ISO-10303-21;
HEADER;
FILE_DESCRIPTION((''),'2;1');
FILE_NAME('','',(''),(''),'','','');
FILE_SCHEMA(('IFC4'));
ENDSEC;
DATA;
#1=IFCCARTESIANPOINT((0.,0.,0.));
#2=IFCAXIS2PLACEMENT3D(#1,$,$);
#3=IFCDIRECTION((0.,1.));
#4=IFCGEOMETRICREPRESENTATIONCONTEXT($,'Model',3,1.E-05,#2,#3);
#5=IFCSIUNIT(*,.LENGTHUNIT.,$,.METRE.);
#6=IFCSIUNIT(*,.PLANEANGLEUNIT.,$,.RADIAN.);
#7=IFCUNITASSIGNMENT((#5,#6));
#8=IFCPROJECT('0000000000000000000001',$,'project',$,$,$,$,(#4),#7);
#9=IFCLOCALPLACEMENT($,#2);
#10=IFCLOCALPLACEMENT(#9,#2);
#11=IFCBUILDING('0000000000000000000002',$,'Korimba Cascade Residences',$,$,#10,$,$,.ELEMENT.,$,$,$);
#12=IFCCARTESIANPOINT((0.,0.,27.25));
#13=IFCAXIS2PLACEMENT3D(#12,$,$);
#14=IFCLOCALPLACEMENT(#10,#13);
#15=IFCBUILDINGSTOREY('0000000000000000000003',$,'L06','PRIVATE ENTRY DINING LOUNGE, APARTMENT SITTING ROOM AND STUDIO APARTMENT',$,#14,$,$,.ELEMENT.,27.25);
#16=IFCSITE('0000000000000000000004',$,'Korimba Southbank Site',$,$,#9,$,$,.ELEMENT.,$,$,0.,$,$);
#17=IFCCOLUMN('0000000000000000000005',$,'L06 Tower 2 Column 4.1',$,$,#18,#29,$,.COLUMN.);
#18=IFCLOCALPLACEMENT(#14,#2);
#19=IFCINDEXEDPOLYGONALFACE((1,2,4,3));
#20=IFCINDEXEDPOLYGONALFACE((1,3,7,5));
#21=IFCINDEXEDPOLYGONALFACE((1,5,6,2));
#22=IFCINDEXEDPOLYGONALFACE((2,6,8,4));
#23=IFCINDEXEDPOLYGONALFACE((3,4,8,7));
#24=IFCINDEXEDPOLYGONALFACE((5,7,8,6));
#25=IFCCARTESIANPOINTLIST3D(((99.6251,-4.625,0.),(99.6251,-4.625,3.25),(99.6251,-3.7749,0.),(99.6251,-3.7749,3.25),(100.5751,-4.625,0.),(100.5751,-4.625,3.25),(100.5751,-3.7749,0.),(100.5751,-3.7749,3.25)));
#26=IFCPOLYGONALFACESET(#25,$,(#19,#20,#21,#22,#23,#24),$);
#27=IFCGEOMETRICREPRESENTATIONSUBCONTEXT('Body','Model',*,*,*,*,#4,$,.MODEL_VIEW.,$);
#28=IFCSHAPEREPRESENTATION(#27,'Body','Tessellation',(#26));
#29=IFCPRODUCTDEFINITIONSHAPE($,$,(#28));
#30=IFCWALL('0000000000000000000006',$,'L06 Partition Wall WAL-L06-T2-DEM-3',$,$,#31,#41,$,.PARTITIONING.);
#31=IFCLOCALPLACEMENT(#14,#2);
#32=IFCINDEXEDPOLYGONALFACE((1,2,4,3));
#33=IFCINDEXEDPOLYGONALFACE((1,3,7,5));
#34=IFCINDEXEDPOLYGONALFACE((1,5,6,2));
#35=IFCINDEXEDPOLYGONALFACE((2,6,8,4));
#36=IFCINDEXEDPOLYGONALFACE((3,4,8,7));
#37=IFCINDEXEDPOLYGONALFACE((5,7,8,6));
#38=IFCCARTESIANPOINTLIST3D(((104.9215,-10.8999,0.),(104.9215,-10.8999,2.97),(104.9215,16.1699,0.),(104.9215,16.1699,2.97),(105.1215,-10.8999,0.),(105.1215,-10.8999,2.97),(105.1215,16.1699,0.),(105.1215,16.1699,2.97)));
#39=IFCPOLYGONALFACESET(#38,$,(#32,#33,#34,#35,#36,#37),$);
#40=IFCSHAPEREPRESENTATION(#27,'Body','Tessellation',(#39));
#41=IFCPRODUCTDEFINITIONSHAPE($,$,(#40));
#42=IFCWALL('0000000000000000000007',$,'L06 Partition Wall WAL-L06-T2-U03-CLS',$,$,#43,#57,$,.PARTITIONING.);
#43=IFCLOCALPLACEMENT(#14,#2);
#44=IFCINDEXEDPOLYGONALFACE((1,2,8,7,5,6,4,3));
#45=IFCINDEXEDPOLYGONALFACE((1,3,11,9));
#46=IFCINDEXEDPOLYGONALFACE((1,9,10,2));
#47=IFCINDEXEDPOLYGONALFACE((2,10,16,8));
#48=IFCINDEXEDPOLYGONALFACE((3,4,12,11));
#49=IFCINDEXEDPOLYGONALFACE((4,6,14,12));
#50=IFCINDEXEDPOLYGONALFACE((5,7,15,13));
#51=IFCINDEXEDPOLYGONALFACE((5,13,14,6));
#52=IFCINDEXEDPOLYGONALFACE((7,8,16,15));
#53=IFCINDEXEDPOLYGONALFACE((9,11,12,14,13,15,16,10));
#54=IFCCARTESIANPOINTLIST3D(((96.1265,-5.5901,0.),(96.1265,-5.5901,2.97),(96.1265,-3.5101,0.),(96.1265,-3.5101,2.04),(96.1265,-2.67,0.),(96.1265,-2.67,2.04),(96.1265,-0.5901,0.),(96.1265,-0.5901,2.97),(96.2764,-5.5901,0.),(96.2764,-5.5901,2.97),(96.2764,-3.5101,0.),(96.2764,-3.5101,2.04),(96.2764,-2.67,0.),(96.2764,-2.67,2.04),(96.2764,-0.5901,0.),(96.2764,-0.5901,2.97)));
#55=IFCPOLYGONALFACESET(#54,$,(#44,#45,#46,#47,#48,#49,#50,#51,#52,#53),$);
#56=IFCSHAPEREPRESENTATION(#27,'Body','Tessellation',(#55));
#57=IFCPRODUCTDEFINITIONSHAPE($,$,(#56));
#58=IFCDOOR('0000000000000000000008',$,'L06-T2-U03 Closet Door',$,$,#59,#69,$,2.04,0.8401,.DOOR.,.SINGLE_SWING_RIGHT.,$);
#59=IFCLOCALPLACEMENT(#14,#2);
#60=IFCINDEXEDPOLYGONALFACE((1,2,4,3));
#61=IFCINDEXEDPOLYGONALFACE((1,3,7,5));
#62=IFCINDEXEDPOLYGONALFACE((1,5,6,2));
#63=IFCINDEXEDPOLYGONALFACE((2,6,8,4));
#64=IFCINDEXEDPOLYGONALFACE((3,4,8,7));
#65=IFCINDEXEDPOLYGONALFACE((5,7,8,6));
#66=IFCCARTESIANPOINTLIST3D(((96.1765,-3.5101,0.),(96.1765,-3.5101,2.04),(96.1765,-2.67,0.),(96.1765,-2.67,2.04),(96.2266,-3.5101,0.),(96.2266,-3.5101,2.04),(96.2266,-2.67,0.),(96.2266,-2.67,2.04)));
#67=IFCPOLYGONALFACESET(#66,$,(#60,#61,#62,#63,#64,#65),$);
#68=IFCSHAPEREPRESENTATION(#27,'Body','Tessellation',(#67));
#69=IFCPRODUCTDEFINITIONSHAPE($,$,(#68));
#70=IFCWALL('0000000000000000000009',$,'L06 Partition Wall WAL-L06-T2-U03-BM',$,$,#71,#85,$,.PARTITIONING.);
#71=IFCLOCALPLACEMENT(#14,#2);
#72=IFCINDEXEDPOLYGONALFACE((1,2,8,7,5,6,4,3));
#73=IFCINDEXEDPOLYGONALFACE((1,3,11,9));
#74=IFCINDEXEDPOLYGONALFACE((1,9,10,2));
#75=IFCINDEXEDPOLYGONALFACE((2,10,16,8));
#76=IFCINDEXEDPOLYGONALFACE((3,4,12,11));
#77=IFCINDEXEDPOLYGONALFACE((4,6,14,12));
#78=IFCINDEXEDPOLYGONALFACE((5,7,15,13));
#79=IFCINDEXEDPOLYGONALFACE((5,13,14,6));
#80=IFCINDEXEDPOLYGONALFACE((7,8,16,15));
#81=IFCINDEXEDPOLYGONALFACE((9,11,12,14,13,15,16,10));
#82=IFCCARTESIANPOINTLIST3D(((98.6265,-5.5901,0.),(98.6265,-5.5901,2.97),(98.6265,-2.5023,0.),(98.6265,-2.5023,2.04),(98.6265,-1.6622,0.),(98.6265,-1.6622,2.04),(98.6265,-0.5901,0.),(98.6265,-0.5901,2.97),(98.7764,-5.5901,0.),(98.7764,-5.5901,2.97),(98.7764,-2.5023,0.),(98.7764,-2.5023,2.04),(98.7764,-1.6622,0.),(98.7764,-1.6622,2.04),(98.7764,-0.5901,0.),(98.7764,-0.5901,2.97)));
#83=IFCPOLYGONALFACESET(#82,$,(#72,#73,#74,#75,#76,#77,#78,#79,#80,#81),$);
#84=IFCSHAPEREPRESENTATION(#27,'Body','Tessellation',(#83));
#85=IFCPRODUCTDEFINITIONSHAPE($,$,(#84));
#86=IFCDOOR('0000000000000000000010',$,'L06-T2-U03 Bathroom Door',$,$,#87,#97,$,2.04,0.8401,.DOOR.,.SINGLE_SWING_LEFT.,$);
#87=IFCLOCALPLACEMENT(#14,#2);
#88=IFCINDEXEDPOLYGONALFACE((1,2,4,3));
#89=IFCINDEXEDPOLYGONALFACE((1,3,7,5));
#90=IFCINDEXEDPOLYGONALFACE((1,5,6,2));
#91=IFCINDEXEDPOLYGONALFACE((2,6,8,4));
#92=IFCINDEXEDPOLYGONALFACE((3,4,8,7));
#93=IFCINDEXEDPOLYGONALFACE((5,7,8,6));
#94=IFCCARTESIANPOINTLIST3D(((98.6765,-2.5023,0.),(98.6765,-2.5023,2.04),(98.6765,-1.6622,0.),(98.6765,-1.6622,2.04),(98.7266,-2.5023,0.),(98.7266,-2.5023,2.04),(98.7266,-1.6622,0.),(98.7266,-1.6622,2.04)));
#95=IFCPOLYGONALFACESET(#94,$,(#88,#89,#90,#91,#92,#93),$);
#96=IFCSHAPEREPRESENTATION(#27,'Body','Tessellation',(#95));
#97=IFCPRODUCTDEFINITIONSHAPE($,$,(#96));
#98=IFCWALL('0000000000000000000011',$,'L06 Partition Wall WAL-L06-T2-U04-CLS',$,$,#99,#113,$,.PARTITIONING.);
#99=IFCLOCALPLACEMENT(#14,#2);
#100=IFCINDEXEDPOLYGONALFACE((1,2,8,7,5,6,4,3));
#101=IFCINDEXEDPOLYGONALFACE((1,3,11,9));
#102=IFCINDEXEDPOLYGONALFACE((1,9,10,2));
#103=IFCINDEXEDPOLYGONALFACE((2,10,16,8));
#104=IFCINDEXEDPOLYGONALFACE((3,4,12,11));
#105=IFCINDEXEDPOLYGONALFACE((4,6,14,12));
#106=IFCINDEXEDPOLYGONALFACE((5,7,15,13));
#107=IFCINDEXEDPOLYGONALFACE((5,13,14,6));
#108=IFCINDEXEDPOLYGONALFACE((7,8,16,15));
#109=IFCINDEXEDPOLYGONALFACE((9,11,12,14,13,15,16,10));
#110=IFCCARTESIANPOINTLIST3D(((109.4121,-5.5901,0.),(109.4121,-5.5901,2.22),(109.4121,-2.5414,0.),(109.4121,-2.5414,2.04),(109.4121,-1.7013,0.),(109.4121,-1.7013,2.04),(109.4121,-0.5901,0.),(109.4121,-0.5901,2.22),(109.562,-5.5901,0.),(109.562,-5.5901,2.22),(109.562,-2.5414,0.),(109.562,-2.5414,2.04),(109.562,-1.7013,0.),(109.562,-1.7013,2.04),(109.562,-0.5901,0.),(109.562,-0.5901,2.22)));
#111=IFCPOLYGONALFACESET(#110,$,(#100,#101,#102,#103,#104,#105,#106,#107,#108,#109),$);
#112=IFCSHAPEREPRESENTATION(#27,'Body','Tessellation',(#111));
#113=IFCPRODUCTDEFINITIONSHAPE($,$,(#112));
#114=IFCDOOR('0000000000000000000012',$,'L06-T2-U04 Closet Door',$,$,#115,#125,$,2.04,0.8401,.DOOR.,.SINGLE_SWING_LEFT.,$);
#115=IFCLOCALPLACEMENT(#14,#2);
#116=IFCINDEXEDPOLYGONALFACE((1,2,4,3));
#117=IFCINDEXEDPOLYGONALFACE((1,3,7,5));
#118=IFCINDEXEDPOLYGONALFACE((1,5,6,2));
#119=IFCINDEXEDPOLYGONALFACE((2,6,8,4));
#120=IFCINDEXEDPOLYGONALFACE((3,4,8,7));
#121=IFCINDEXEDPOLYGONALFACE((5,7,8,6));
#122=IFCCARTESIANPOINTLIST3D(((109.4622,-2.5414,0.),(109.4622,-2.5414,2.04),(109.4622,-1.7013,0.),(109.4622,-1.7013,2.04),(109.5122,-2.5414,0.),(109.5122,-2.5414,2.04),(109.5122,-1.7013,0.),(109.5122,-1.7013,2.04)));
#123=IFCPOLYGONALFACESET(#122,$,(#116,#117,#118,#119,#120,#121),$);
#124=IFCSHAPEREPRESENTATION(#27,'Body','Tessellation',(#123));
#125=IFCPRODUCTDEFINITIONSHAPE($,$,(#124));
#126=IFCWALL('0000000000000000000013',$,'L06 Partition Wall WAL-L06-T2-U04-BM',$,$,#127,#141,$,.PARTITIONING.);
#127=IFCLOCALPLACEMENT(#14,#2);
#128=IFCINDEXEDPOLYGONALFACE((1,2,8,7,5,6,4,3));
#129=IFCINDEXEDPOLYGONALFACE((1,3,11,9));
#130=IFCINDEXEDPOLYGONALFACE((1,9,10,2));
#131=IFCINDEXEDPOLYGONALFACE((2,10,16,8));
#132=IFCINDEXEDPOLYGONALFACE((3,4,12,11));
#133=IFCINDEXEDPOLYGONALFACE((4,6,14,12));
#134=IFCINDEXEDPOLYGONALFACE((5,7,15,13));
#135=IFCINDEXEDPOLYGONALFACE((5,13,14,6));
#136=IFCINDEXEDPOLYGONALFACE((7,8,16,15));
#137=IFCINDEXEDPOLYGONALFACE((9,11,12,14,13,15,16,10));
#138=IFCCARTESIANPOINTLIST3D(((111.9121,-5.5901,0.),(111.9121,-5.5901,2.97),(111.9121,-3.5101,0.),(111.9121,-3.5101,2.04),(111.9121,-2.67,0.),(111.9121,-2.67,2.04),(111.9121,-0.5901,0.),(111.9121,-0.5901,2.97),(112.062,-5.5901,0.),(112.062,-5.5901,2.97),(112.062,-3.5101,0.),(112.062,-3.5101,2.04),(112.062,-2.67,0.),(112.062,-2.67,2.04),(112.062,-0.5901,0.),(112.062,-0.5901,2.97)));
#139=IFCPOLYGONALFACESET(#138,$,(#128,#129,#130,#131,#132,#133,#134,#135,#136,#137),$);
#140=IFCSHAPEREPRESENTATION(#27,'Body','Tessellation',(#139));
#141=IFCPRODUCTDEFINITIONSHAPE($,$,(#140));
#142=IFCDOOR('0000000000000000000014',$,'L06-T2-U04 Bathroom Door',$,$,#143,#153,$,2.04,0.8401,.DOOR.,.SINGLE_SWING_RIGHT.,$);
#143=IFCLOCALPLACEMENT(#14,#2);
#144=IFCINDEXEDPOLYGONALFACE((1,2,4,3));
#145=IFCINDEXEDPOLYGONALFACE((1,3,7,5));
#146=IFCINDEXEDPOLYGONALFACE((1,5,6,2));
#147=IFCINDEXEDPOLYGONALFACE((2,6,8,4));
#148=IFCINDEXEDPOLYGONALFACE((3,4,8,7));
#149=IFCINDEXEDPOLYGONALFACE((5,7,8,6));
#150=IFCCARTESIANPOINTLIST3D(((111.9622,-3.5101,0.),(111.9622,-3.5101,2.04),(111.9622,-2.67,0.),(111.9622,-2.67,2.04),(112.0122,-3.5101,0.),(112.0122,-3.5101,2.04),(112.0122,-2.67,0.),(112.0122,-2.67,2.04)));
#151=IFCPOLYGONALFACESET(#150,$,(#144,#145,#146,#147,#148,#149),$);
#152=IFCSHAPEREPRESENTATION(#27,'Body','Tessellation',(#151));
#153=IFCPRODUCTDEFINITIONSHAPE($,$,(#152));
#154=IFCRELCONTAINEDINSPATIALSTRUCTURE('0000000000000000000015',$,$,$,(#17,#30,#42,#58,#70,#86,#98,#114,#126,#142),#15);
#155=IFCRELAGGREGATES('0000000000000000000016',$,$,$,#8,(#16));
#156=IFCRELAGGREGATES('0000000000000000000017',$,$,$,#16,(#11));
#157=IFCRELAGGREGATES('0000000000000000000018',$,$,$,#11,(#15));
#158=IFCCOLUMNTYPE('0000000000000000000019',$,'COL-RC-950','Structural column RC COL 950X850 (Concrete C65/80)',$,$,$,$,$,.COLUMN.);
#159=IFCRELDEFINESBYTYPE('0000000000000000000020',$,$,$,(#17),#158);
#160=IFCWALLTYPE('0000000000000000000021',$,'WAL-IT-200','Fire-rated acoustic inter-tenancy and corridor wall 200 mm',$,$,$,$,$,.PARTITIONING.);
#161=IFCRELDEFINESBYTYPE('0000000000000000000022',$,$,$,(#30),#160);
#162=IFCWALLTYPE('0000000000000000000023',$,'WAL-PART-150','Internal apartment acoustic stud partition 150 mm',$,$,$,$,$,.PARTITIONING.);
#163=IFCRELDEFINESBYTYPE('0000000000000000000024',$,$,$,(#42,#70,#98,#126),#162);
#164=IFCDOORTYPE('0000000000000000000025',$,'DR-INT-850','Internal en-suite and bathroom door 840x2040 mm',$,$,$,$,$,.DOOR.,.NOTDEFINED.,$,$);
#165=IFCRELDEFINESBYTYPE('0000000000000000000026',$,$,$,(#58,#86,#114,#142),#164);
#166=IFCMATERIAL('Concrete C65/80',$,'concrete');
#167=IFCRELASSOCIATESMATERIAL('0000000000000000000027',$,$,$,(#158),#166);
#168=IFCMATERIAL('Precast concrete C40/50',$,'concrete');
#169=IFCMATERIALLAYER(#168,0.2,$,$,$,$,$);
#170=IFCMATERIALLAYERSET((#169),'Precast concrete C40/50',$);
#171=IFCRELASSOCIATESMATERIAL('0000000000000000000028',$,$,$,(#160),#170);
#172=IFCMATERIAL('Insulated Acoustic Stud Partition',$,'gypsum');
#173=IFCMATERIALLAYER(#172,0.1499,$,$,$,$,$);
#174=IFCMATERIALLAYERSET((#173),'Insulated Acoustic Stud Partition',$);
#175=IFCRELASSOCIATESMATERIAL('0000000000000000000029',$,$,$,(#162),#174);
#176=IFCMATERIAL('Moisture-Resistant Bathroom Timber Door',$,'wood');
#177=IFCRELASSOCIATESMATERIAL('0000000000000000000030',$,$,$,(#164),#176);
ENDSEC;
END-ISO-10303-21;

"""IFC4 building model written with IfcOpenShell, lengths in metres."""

from ifc_helpers import new_model, si_unit, direction, frame, frame_2d, origin, origin_2d, place, context, subcontext, project, spatial, rectangle, extrude, material, layer, layer_set, material_profile, profile_set, type_object, element, fill, save


model = new_model("IFC4")

# Units and contexts
model_context = context("Model", 3, precision=1e-05, world=origin(), true_north=direction((0.0, 1.0)))
body_context = subcontext(model_context, "Body", "Model", "MODEL_VIEW")
ifc_project = project(units=[si_unit("LENGTHUNIT", "METRE"), si_unit("PLANEANGLEUNIT", "RADIAN")], contexts=[model_context])

# Site, building, storey
site_placement = place(None, origin())
site = spatial("IfcSite", under=ifc_project, at=site_placement, Name="Korimba Southbank Site", CompositionType="ELEMENT", RefElevation=0.0)
building_placement = place(site_placement, origin())
building = spatial("IfcBuilding", under=site, at=building_placement, Name="Korimba Cascade Residences", CompositionType="ELEMENT")
storey_placement = place(building_placement, frame((0.0, 0.0, 27.25)))
storey = spatial("IfcBuildingStorey", under=building, at=storey_placement, Name="L06", Description="PRIVATE ENTRY DINING LOUNGE, APARTMENT SITTING ROOM AND STUDIO APARTMENT", CompositionType="ELEMENT", Elevation=27.25)

# Column
ifc_material_1 = material(Name="Concrete C65/80", Category="concrete")
ifc_material_profile = material_profile(ifc_material_1, rectangle(XDim=0.95, YDim=0.8501, at=origin_2d()), Name="Concrete C65/80")
ifc_profile_set = profile_set([ifc_material_profile], Name="Concrete C65/80")
column_type = type_object("IfcColumnType", Name="COL-RC-950", Description="Structural column RC COL 950X850 (Concrete C65/80)", PredefinedType="COLUMN", material=ifc_profile_set)
column_placement = place(storey_placement, frame((100.1001, -4.2, 0.0), z_axis=(0.0, 0.0, 1.0), x_axis=(1.0, 0.0, 0.0)))
element("IfcColumn", 1, at=column_placement, inside=storey, type_object=column_type, Name="L06 Tower 2 Column 4.1", PredefinedType="COLUMN", context=body_context, shape_type="SweptSolid", body=[
    extrude(rectangle(XDim=0.95, YDim=0.8501, at=origin_2d()), origin(), (0.0, 0.0, 1.0), 3.25),
])

# Wall
ifc_material_2 = material(Name="Precast concrete C40/50", Category="concrete")
ifc_layer_1 = layer(ifc_material_2, 0.2)
ifc_layer_set_1 = layer_set([ifc_layer_1], Name="Precast concrete C40/50")
wall_type_1 = type_object("IfcWallType", Name="WAL-IT-200", Description="Fire-rated acoustic inter-tenancy and corridor wall 200 mm", PredefinedType="PARTITIONING", material=ifc_layer_set_1)
wall_1_placement = place(storey_placement, frame((105.0215, -10.8999, 0.0), z_axis=(0.0, 0.0, 1.0), x_axis=(0.0, 1.0, 0.0)))
element("IfcWall", 2, at=wall_1_placement, inside=storey, type_object=wall_type_1, Name="L06 Partition Wall WAL-L06-T2-DEM-3", PredefinedType="PARTITIONING", context=body_context, shape_type="SweptSolid", body=[
    extrude(rectangle(XDim=27.0698, YDim=0.2, at=frame_2d((13.5349, 0.0))), origin(), (0.0, 0.0, 1.0), 2.97),
])

# Walls, openings, doors
ifc_material_3 = material(Name="Insulated Acoustic Stud Partition", Category="gypsum")
ifc_layer_2 = layer(ifc_material_3, 0.1499)
ifc_layer_set_2 = layer_set([ifc_layer_2], Name="Insulated Acoustic Stud Partition")
wall_type_2 = type_object("IfcWallType", Name="WAL-PART-150", Description="Internal apartment acoustic stud partition 150 mm", PredefinedType="PARTITIONING", material=ifc_layer_set_2)
wall_2_placement = place(storey_placement, frame((96.2014, -5.5901, 0.0), z_axis=(0.0, 0.0, 1.0), x_axis=(0.0, 1.0, 0.0)))
wall_2 = element("IfcWall", 3, at=wall_2_placement, inside=storey, type_object=wall_type_2, Name="L06 Partition Wall WAL-L06-T2-U03-CLS", PredefinedType="PARTITIONING", context=body_context, shape_type="SweptSolid", body=[
    extrude(rectangle(XDim=5.0, YDim=0.1499, at=frame_2d((2.5, 0.0))), origin(), (0.0, 0.0, 1.0), 2.97),
])
opening_1_placement = place(wall_2_placement, frame((2.0801, 0.0, 0.0)))
opening_1 = element("IfcOpeningElement", 4, at=opening_1_placement, cuts=wall_2, PredefinedType="OPENING", context=body_context, shape_type="SweptSolid", body=[
    extrude(rectangle(XDim=0.8401, YDim=2.04, at=frame_2d((0.4199, 1.02))), frame((0.0, 0.085, 0.0), z_axis=(0.0, -1.0, 0.0), x_axis=(1.0, 0.0, 0.0)), (0.0, 0.0, 1.0), 0.1699),
])
ifc_material_4 = material(Name="Moisture-Resistant Bathroom Timber Door", Category="wood")
door_type_1 = type_object("IfcDoorType", Name="DR-INT-850", Description="Internal en-suite and bathroom door 840x2040 mm", OperationType="NOTDEFINED", PredefinedType="DOOR", material=ifc_material_4)
door_1_placement = place(opening_1_placement, origin())
door_1 = element("IfcDoor", 5, at=door_1_placement, inside=storey, type_object=door_type_1, Name="L06-T2-U03 Closet Door", OperationType="SINGLE_SWING_RIGHT", OverallHeight=2.04, OverallWidth=0.8401, PredefinedType="DOOR", context=body_context, shape_type="SweptSolid", body=[
    extrude(rectangle(XDim=0.8401, YDim=2.04, at=frame_2d((0.4199, 1.02))), frame((0.0, 0.0249, 0.0), z_axis=(0.0, -1.0, 0.0), x_axis=(1.0, 0.0, 0.0)), (0.0, 0.0, 1.0), 0.05),
])
fill(opening_1, door_1)
wall_3_placement = place(storey_placement, frame((98.7014, -5.5901, 0.0), z_axis=(0.0, 0.0, 1.0), x_axis=(0.0, 1.0, 0.0)))
wall_3 = element("IfcWall", 6, at=wall_3_placement, inside=storey, type_object=wall_type_2, Name="L06 Partition Wall WAL-L06-T2-U03-BM", PredefinedType="PARTITIONING", context=body_context, shape_type="SweptSolid", body=[
    extrude(rectangle(XDim=5.0, YDim=0.1499, at=frame_2d((2.5, 0.0))), origin(), (0.0, 0.0, 1.0), 2.97),
])
opening_2_placement = place(wall_3_placement, frame((3.0879, 0.0, 0.0)))
opening_2 = element("IfcOpeningElement", 7, at=opening_2_placement, cuts=wall_3, PredefinedType="OPENING", context=body_context, shape_type="SweptSolid", body=[
    extrude(rectangle(XDim=0.8401, YDim=2.04, at=frame_2d((0.4199, 1.02))), frame((0.0, 0.085, 0.0), z_axis=(0.0, -1.0, 0.0), x_axis=(1.0, 0.0, 0.0)), (0.0, 0.0, 1.0), 0.1699),
])
door_2_placement = place(opening_2_placement, origin())
door_2 = element("IfcDoor", 8, at=door_2_placement, inside=storey, type_object=door_type_1, Name="L06-T2-U03 Bathroom Door", OperationType="SINGLE_SWING_LEFT", OverallHeight=2.04, OverallWidth=0.8401, PredefinedType="DOOR", context=body_context, shape_type="SweptSolid", body=[
    extrude(rectangle(XDim=0.8401, YDim=2.04, at=frame_2d((0.4199, 1.02))), frame((0.0, 0.0249, 0.0), z_axis=(0.0, -1.0, 0.0), x_axis=(1.0, 0.0, 0.0)), (0.0, 0.0, 1.0), 0.05),
])
fill(opening_2, door_2)
wall_4_placement = place(storey_placement, frame((109.4871, -5.5901, 0.0), z_axis=(0.0, 0.0, 1.0), x_axis=(0.0, 1.0, 0.0)))
wall_4 = element("IfcWall", 9, at=wall_4_placement, inside=storey, type_object=wall_type_2, Name="L06 Partition Wall WAL-L06-T2-U04-CLS", PredefinedType="PARTITIONING", context=body_context, shape_type="SweptSolid", body=[
    extrude(rectangle(XDim=5.0, YDim=0.1499, at=frame_2d((2.5, 0.0))), origin(), (0.0, 0.0, 1.0), 2.22),
])
opening_3_placement = place(wall_4_placement, frame((3.0488, 0.0, 0.0)))
opening_3 = element("IfcOpeningElement", 10, at=opening_3_placement, cuts=wall_4, PredefinedType="OPENING", context=body_context, shape_type="SweptSolid", body=[
    extrude(rectangle(XDim=0.8401, YDim=2.04, at=frame_2d((0.4199, 1.02))), frame((0.0, 0.085, 0.0), z_axis=(0.0, -1.0, 0.0), x_axis=(1.0, 0.0, 0.0)), (0.0, 0.0, 1.0), 0.1699),
])
door_3_placement = place(opening_3_placement, origin())
door_3 = element("IfcDoor", 11, at=door_3_placement, inside=storey, type_object=door_type_1, Name="L06-T2-U04 Closet Door", OperationType="SINGLE_SWING_LEFT", OverallHeight=2.04, OverallWidth=0.8401, PredefinedType="DOOR", context=body_context, shape_type="SweptSolid", body=[
    extrude(rectangle(XDim=0.8401, YDim=2.04, at=frame_2d((0.4199, 1.02))), frame((0.0, 0.0249, 0.0), z_axis=(0.0, -1.0, 0.0), x_axis=(1.0, 0.0, 0.0)), (0.0, 0.0, 1.0), 0.05),
])
fill(opening_3, door_3)
wall_5_placement = place(storey_placement, frame((111.9871, -5.5901, 0.0), z_axis=(0.0, 0.0, 1.0), x_axis=(0.0, 1.0, 0.0)))
wall_5 = element("IfcWall", 12, at=wall_5_placement, inside=storey, type_object=wall_type_2, Name="L06 Partition Wall WAL-L06-T2-U04-BM", PredefinedType="PARTITIONING", context=body_context, shape_type="SweptSolid", body=[
    extrude(rectangle(XDim=5.0, YDim=0.1499, at=frame_2d((2.5, 0.0))), origin(), (0.0, 0.0, 1.0), 2.97),
])
opening_4_placement = place(wall_5_placement, frame((2.0801, 0.0, 0.0)))
opening_4 = element("IfcOpeningElement", 13, at=opening_4_placement, cuts=wall_5, PredefinedType="OPENING", context=body_context, shape_type="SweptSolid", body=[
    extrude(rectangle(XDim=0.8401, YDim=2.04, at=frame_2d((0.4199, 1.02))), frame((0.0, 0.085, 0.0), z_axis=(0.0, -1.0, 0.0), x_axis=(1.0, 0.0, 0.0)), (0.0, 0.0, 1.0), 0.1699),
])
door_4_placement = place(opening_4_placement, origin())
door_4 = element("IfcDoor", 14, at=door_4_placement, inside=storey, type_object=door_type_1, Name="L06-T2-U04 Bathroom Door", OperationType="SINGLE_SWING_RIGHT", OverallHeight=2.04, OverallWidth=0.8401, PredefinedType="DOOR", context=body_context, shape_type="SweptSolid", body=[
    extrude(rectangle(XDim=0.8401, YDim=2.04, at=frame_2d((0.4199, 1.02))), frame((0.0, 0.0249, 0.0), z_axis=(0.0, -1.0, 0.0), x_axis=(1.0, 0.0, 0.0)), (0.0, 0.0, 1.0), 0.05),
])
fill(opening_4, door_4)

save(model, "model.ifc")
